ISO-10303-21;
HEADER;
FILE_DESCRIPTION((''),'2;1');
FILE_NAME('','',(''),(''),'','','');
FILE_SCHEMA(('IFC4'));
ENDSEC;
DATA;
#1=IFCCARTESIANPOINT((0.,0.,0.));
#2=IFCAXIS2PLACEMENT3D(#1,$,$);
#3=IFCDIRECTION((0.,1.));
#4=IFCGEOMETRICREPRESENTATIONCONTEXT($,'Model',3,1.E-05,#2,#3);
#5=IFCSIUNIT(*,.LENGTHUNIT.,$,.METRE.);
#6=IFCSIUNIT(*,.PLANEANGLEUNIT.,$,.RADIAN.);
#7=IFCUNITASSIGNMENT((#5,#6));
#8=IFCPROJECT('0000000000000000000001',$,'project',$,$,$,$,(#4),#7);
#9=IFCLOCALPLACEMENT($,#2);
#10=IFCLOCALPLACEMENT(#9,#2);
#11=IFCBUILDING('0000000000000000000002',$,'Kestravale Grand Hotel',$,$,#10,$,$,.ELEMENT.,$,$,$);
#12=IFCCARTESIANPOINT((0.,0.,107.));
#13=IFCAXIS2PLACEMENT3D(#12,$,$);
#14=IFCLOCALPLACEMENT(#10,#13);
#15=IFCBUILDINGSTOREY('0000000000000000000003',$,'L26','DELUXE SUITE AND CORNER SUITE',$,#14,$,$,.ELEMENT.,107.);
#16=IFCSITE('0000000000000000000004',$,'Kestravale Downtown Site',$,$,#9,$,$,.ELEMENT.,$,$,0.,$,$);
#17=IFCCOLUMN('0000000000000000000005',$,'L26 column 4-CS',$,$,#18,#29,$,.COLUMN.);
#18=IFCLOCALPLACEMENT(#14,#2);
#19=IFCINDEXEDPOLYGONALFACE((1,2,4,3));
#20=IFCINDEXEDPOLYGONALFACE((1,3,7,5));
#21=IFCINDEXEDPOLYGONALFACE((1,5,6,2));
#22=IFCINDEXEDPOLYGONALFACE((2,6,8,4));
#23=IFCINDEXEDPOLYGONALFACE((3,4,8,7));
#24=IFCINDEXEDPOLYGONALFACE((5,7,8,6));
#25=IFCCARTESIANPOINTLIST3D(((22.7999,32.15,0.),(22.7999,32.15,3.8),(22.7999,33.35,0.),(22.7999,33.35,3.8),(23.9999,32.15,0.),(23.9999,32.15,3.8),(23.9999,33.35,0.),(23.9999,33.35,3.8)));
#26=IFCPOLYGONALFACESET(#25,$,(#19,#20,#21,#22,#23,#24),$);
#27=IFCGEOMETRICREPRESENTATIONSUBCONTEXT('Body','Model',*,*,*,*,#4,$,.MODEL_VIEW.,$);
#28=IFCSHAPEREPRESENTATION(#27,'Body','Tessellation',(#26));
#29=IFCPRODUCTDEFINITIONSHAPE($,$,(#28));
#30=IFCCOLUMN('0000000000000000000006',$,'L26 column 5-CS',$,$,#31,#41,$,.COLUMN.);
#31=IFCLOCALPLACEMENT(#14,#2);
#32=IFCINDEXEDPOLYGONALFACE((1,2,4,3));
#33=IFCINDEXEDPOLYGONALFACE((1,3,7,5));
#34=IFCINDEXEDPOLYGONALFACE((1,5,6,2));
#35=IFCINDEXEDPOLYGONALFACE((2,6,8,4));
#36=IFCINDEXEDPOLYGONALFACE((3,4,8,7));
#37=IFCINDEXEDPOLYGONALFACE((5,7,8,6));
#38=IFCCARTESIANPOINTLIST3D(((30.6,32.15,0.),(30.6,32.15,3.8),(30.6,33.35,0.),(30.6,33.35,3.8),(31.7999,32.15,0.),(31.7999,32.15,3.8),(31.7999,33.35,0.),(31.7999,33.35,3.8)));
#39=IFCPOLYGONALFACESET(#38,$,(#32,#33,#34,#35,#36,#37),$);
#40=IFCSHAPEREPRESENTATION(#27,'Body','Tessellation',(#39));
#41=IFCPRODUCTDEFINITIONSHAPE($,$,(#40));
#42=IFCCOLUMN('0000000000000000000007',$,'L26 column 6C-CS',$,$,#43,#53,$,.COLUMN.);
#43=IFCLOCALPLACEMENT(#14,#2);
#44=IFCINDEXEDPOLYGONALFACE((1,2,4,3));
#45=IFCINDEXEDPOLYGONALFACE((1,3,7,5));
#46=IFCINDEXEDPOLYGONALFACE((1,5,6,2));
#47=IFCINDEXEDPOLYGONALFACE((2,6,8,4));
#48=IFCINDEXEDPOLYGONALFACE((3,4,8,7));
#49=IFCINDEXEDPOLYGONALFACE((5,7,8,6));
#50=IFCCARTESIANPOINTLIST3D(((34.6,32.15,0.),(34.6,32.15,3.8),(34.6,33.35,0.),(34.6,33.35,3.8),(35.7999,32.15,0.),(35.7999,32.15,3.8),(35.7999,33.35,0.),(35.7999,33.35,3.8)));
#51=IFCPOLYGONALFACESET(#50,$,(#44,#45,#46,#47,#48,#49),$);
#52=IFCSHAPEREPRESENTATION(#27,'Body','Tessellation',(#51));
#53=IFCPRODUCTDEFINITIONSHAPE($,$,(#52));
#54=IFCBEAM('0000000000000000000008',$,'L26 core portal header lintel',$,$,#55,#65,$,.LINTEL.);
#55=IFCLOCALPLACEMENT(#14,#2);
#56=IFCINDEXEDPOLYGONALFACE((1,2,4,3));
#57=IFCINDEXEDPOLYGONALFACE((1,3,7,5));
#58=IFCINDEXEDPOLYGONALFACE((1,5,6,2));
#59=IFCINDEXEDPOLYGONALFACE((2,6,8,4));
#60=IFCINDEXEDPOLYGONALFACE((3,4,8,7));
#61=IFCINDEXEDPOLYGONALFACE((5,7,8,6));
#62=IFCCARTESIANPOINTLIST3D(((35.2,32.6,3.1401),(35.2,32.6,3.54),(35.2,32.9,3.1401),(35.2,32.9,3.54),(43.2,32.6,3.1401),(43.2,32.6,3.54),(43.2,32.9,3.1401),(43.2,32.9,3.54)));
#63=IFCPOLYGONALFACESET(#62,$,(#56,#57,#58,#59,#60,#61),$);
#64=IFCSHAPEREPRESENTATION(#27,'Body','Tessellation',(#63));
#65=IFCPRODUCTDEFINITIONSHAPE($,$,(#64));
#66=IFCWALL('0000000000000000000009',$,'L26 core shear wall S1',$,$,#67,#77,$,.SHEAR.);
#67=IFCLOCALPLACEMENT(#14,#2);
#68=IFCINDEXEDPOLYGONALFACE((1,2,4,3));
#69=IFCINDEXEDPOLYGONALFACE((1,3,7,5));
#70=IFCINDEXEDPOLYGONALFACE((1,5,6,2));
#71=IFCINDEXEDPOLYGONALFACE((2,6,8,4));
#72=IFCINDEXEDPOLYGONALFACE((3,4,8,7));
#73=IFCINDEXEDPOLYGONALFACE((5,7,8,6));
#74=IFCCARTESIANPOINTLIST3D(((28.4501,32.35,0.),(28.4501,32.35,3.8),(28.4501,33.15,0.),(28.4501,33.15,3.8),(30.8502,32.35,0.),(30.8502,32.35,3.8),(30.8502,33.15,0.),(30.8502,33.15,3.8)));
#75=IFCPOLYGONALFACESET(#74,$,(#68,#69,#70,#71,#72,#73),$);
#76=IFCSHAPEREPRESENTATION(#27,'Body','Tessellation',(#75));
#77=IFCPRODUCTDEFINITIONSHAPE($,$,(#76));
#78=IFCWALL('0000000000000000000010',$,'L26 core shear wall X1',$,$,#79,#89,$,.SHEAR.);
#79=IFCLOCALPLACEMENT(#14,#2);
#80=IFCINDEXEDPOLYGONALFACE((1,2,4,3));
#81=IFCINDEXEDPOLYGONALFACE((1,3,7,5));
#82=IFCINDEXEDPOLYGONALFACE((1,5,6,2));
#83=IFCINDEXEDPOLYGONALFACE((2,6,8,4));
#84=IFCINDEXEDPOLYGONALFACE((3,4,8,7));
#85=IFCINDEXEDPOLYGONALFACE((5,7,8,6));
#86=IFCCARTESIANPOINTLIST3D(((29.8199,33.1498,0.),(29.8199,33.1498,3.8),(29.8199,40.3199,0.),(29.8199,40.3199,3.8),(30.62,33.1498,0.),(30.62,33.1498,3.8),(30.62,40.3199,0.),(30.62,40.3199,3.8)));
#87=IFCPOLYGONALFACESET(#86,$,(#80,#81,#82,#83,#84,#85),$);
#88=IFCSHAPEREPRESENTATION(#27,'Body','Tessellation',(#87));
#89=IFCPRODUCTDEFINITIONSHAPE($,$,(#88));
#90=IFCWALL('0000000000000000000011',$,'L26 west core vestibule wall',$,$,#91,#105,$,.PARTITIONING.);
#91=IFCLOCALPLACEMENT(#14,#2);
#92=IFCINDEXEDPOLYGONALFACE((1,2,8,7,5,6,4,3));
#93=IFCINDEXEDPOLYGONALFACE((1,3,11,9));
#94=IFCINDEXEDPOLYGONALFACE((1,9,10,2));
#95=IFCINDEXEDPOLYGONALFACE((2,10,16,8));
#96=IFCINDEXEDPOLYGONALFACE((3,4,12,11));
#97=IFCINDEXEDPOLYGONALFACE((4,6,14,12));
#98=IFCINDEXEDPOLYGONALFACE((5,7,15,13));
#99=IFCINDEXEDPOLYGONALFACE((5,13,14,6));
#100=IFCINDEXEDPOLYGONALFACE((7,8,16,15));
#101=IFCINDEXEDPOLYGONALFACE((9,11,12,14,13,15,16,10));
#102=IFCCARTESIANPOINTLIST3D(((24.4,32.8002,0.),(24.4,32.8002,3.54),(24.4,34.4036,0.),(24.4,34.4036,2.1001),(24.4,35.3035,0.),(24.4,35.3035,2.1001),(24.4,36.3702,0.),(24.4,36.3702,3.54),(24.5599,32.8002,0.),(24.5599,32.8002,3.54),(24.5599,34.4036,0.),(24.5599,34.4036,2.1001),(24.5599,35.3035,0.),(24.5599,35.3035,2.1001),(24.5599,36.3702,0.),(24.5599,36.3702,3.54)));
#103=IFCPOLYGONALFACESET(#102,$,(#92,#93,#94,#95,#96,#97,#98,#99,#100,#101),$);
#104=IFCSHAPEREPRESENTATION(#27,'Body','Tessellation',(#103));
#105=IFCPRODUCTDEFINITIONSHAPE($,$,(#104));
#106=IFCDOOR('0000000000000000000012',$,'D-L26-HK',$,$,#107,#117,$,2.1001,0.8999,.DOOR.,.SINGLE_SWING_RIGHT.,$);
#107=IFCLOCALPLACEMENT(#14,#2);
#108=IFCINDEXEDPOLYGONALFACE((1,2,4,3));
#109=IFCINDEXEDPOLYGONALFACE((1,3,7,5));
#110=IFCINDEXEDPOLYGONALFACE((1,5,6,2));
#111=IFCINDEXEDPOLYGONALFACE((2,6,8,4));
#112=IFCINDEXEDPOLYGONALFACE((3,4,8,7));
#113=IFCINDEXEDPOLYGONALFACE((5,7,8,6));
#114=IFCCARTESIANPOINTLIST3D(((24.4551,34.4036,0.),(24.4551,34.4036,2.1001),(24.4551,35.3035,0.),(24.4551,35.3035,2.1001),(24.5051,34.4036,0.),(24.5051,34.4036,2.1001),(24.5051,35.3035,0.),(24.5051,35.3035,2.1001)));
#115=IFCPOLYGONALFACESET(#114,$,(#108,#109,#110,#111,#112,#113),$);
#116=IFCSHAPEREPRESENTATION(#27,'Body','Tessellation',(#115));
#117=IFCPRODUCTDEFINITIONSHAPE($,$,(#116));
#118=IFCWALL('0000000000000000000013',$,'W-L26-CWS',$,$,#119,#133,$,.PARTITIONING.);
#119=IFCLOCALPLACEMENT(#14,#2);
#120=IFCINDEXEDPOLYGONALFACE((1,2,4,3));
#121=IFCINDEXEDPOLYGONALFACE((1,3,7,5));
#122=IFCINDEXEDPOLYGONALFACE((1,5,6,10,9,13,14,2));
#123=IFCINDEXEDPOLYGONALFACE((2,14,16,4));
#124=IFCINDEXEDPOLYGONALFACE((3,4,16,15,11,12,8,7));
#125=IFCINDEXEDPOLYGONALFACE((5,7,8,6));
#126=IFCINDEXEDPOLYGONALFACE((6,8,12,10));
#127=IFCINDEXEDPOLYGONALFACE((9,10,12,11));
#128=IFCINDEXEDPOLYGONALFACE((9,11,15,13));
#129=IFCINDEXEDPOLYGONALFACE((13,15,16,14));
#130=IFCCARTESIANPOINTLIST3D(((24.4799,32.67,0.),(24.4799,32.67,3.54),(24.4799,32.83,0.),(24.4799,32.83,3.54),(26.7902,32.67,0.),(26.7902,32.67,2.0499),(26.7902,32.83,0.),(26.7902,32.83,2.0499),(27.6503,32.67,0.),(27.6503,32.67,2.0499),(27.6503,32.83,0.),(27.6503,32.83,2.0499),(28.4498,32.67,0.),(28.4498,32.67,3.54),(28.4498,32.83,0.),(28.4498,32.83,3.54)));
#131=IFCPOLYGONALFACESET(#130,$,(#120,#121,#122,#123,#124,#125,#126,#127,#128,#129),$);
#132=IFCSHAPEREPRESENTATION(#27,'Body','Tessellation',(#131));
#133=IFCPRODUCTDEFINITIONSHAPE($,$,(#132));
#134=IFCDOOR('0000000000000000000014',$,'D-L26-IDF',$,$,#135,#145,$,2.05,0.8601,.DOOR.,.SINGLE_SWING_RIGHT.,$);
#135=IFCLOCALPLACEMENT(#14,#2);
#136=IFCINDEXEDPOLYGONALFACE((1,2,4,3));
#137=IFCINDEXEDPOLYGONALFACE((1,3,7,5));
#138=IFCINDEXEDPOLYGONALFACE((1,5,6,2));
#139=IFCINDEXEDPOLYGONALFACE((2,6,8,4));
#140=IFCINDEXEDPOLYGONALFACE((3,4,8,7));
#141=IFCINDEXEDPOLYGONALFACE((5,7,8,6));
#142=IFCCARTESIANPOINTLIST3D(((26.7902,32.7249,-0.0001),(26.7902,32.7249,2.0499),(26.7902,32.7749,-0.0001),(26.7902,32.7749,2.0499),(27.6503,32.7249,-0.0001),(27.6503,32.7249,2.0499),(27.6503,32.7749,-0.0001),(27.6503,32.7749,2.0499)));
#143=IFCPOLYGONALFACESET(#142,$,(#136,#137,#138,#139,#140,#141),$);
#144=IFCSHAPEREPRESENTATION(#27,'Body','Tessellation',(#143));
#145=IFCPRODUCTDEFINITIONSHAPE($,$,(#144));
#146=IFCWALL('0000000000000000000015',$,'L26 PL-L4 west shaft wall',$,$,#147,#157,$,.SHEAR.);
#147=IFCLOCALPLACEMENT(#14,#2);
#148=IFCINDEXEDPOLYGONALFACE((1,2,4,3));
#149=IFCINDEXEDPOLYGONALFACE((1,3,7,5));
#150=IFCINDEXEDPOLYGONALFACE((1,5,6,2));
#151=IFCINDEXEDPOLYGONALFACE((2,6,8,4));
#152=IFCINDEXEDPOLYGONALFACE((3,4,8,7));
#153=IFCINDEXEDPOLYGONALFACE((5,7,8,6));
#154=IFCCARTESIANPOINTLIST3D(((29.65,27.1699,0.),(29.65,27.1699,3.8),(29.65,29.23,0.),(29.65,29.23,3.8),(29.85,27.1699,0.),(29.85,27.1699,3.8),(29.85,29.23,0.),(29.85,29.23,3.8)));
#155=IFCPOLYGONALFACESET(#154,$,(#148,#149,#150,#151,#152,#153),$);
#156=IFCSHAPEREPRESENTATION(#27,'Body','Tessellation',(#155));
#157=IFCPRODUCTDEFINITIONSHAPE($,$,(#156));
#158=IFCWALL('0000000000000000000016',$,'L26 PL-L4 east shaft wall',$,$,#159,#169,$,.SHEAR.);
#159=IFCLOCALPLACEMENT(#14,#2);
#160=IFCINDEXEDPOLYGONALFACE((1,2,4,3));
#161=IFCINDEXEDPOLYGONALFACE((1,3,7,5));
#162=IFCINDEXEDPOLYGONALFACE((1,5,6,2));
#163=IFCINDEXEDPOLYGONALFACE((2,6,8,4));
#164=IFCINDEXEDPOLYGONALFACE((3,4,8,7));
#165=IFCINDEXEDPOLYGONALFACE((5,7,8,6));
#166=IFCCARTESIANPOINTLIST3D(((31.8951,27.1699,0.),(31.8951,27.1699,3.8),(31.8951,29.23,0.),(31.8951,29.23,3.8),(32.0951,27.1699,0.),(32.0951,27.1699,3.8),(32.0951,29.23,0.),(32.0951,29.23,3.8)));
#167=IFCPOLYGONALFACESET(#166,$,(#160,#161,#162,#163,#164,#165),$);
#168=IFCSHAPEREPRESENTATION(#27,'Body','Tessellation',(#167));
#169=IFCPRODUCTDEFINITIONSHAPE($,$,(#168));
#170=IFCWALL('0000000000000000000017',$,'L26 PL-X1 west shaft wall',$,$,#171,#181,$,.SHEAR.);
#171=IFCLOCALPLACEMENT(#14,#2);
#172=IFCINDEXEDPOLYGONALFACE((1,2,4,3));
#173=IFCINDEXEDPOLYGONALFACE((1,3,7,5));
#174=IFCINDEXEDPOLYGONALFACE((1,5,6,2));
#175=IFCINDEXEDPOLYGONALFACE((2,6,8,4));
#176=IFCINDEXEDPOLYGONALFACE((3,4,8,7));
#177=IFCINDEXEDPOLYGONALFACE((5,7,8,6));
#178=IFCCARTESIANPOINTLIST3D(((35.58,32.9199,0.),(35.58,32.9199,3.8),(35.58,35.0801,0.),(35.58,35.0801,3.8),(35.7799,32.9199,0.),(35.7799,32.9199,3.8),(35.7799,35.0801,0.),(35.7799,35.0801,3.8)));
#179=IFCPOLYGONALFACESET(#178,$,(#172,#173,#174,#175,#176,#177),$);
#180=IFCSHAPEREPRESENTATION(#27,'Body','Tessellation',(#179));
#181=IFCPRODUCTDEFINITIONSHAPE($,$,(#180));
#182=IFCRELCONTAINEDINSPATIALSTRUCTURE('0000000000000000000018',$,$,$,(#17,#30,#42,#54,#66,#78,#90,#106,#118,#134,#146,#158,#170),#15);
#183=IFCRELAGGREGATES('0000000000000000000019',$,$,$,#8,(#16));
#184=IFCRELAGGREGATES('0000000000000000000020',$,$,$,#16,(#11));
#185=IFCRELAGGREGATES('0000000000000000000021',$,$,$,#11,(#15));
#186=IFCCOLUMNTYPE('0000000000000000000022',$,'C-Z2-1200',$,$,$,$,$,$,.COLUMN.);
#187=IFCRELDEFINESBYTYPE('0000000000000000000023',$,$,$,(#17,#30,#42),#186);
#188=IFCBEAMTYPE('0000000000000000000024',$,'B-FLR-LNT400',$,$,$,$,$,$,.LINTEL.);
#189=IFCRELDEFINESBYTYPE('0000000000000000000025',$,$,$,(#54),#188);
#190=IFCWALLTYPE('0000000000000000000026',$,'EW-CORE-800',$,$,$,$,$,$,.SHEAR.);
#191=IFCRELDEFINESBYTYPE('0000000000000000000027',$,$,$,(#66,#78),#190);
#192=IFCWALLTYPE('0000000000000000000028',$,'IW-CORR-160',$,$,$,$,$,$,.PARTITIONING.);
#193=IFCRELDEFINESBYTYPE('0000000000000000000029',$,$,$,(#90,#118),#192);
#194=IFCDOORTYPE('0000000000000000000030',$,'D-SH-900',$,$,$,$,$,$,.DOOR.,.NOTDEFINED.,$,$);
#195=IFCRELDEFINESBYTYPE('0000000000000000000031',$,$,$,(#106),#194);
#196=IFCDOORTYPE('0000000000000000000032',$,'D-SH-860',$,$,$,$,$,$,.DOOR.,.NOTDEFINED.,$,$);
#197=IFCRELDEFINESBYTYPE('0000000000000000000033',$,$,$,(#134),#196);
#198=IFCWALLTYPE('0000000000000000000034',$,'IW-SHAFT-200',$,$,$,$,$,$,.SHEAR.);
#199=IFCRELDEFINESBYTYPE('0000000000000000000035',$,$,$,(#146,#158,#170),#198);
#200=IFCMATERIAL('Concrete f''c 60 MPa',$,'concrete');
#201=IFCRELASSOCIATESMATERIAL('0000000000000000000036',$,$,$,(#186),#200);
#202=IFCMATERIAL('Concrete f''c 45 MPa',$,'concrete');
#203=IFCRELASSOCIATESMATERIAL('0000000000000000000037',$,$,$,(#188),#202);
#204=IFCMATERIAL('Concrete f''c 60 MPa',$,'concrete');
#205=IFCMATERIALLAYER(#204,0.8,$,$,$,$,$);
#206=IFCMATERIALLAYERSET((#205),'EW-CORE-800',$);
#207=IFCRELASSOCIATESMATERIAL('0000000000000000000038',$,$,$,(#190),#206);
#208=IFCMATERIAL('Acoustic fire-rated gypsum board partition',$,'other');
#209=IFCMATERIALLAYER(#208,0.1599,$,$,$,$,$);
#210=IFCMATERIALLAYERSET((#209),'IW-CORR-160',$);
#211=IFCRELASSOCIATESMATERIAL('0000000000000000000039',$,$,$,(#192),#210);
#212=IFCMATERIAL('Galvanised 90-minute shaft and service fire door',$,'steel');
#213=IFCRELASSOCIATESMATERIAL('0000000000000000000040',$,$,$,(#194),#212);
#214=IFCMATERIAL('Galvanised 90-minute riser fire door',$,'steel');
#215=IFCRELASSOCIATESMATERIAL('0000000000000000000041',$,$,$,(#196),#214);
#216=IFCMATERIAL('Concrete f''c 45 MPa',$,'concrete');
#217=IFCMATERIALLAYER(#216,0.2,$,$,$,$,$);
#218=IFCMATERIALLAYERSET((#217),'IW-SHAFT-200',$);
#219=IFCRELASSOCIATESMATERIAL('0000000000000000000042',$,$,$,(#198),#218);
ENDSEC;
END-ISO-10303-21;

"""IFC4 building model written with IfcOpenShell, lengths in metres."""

from ifc_helpers import new_model, si_unit, direction, frame, frame_2d, origin, origin_2d, place, context, subcontext, project, spatial, rectangle, extrude, material, layer, layer_set, material_profile, profile_set, type_object, element, fill, save


model = new_model("IFC4")

# Units and contexts
model_context = context("Model", 3, precision=1e-05, world=origin(), true_north=direction((0.0, 1.0)))
body_context = subcontext(model_context, "Body", "Model", "MODEL_VIEW")
ifc_project = project(units=[si_unit("LENGTHUNIT", "METRE"), si_unit("PLANEANGLEUNIT", "RADIAN")], contexts=[model_context])

# Site, building, storey
site_placement = place(None, origin())
site = spatial("IfcSite", under=ifc_project, at=site_placement, Name="Kestravale Downtown Site", CompositionType="ELEMENT", RefElevation=0.0)
building_placement = place(site_placement, origin())
building = spatial("IfcBuilding", under=site, at=building_placement, Name="Kestravale Grand Hotel", CompositionType="ELEMENT")
storey_placement = place(building_placement, frame((0.0, 0.0, 107.0)))
storey = spatial("IfcBuildingStorey", under=building, at=storey_placement, Name="L26", Description="DELUXE SUITE AND CORNER SUITE", CompositionType="ELEMENT", Elevation=107.0)

# Columns
ifc_material_1 = material(Name="Concrete f'c 60 MPa", Category="concrete")
ifc_material_profile_1 = material_profile(ifc_material_1, rectangle(XDim=1.2, YDim=1.2, at=origin_2d()))
ifc_profile_set_1 = profile_set([ifc_material_profile_1], Name="Concrete f'c 60 MPa")
column_type = type_object("IfcColumnType", Name="C-Z2-1200", PredefinedType="COLUMN", material=ifc_profile_set_1)
for number, where, z_axis, x_axis, name in (
    (1, (23.3999, 32.75, 0.0), (0.0, 0.0, 1.0), (1.0, 0.0, 0.0), "L26 column 4-CS"),
    (2, (31.2, 32.75, 0.0), (0.0, 0.0, 1.0), (1.0, 0.0, 0.0), "L26 column 5-CS"),
    (3, (35.2, 32.75, 0.0), (0.0, 0.0, 1.0), (1.0, 0.0, 0.0), "L26 column 6C-CS"),
):
    element("IfcColumn", number, at=place(storey_placement, frame(where, z_axis=z_axis, x_axis=x_axis)), inside=storey, type_object=column_type, Name=name, PredefinedType="COLUMN", context=body_context, shape_type="SweptSolid", body=[
        extrude(rectangle(XDim=1.2, YDim=1.2, at=origin_2d()), origin(), (0.0, 0.0, 1.0), 3.8),
    ])

# Beam
ifc_material_2 = material(Name="Concrete f'c 45 MPa", Category="concrete")
ifc_material_profile_2 = material_profile(ifc_material_2, rectangle(XDim=0.3, YDim=0.3999, at=origin_2d()))
ifc_profile_set_2 = profile_set([ifc_material_profile_2], Name="Concrete f'c 45 MPa")
beam_type = type_object("IfcBeamType", Name="B-FLR-LNT400", PredefinedType="LINTEL", material=ifc_profile_set_2)
beam_placement = place(storey_placement, frame((35.2, 32.75, 3.3401), z_axis=(1.0, 0.0, 0.0), x_axis=(0.0, 1.0, 0.0)))
element("IfcBeam", 4, at=beam_placement, inside=storey, type_object=beam_type, Name="L26 core portal header lintel", PredefinedType="LINTEL", context=body_context, shape_type="SweptSolid", body=[
    extrude(rectangle(XDim=0.3, YDim=0.3999, at=origin_2d()), origin(), (0.0, 0.0, 1.0), 8.0),
])

# Walls
ifc_material_3 = material(Name="Concrete f'c 60 MPa", Category="concrete")
ifc_layer_1 = layer(ifc_material_3, 0.8)
ifc_layer_set_1 = layer_set([ifc_layer_1], Name="EW-CORE-800")
wall_type_1 = type_object("IfcWallType", Name="EW-CORE-800", PredefinedType="SHEAR", material=ifc_layer_set_1)
wall_1_placement = place(storey_placement, frame((28.45, 32.75, 0.0), z_axis=(0.0, 0.0, 1.0), x_axis=(1.0, 0.0, 0.0)))
element("IfcWall", 5, at=wall_1_placement, inside=storey, type_object=wall_type_1, Name="L26 core shear wall S1", PredefinedType="SHEAR", context=body_context, shape_type="SweptSolid", body=[
    extrude(rectangle(XDim=2.4001, YDim=0.8, at=frame_2d((1.2002, 0.0))), origin(), (0.0, 0.0, 1.0), 3.8),
])
wall_2_placement = place(storey_placement, frame((30.22, 33.1499, 0.0), z_axis=(0.0, 0.0, 1.0), x_axis=(0.0, 1.0, 0.0)))
element("IfcWall", 6, at=wall_2_placement, inside=storey, type_object=wall_type_1, Name="L26 core shear wall X1", PredefinedType="SHEAR", context=body_context, shape_type="SweptSolid", body=[
    extrude(rectangle(XDim=7.1702, YDim=0.8, at=frame_2d((3.585, 0.0))), origin(), (0.0, 0.0, 1.0), 3.8),
])

# Walls, openings, doors
ifc_material_4 = material(Name="Acoustic fire-rated gypsum board partition", Category="other")
ifc_layer_2 = layer(ifc_material_4, 0.1599)
ifc_layer_set_2 = layer_set([ifc_layer_2], Name="IW-CORR-160")
wall_type_2 = type_object("IfcWallType", Name="IW-CORR-160", PredefinedType="PARTITIONING", material=ifc_layer_set_2)
wall_3_placement = place(storey_placement, frame((24.48, 32.8, 0.0), z_axis=(0.0, 0.0, 1.0), x_axis=(0.0, 1.0, 0.0)))
wall_3 = element("IfcWall", 7, at=wall_3_placement, inside=storey, type_object=wall_type_2, Name="L26 west core vestibule wall", PredefinedType="PARTITIONING", context=body_context, shape_type="SweptSolid", body=[
    extrude(rectangle(XDim=3.5701, YDim=0.1599, at=frame_2d((1.7852, 0.0))), origin(), (0.0, 0.0, 1.0), 3.54),
])
opening_1_placement = place(wall_3_placement, frame((1.6035, 0.0, 0.0)))
opening_1 = element("IfcOpeningElement", 8, at=opening_1_placement, cuts=wall_3, PredefinedType="OPENING", context=body_context, shape_type="SweptSolid", body=[
    extrude(rectangle(XDim=0.8999, YDim=2.1001, at=frame_2d((0.45, 1.05))), frame((0.0, 0.0898, 0.0), z_axis=(0.0, -1.0, 0.0), x_axis=(1.0, 0.0, 0.0)), (0.0, 0.0, 1.0), 0.1799),
])
ifc_material_5 = material(Name="Galvanised 90-minute shaft and service fire door", Category="steel")
door_type_1 = type_object("IfcDoorType", Name="D-SH-900", OperationType="NOTDEFINED", PredefinedType="DOOR", material=ifc_material_5)
door_1_placement = place(opening_1_placement, origin())
door_1 = element("IfcDoor", 9, at=door_1_placement, inside=storey, type_object=door_type_1, Name="D-L26-HK", OperationType="SINGLE_SWING_RIGHT", OverallHeight=2.1001, OverallWidth=0.8999, PredefinedType="DOOR", context=body_context, shape_type="SweptSolid", body=[
    extrude(rectangle(XDim=0.8999, YDim=2.1001, at=frame_2d((0.45, 1.05))), frame((0.0, 0.0249, 0.0), z_axis=(0.0, -1.0, 0.0), x_axis=(1.0, 0.0, 0.0)), (0.0, 0.0, 1.0), 0.05),
])
fill(opening_1, door_1)
wall_4_placement = place(storey_placement, frame((24.48, 32.75, 0.0), z_axis=(0.0, 0.0, 1.0), x_axis=(1.0, 0.0, 0.0)))
wall_4 = element("IfcWall", 10, at=wall_4_placement, inside=storey, type_object=wall_type_2, Name="W-L26-CWS", PredefinedType="PARTITIONING", context=body_context, shape_type="SweptSolid", body=[
    extrude(rectangle(XDim=3.97, YDim=0.1599, at=frame_2d((1.9849, 0.0))), origin(), (0.0, 0.0, 1.0), 3.54),
])
opening_2_placement = place(wall_4_placement, frame((2.3101, 0.0, 0.0)))
opening_2 = element("IfcOpeningElement", 11, at=opening_2_placement, cuts=wall_4, PredefinedType="OPENING", context=body_context, shape_type="SweptSolid", body=[
    extrude(rectangle(XDim=0.8601, YDim=2.05, at=frame_2d((0.4302, 1.0249))), frame((0.0, 0.0898, 0.0), z_axis=(0.0, -1.0, 0.0), x_axis=(1.0, 0.0, 0.0)), (0.0, 0.0, 1.0), 0.1799),
])
ifc_material_6 = material(Name="Galvanised 90-minute riser fire door", Category="steel")
door_type_2 = type_object("IfcDoorType", Name="D-SH-860", OperationType="NOTDEFINED", PredefinedType="DOOR", material=ifc_material_6)
door_2_placement = place(opening_2_placement, origin())
door_2 = element("IfcDoor", 12, at=door_2_placement, inside=storey, type_object=door_type_2, Name="D-L26-IDF", OperationType="SINGLE_SWING_RIGHT", OverallHeight=2.05, OverallWidth=0.8601, PredefinedType="DOOR", context=body_context, shape_type="SweptSolid", body=[
    extrude(rectangle(XDim=0.8601, YDim=2.05, at=frame_2d((0.4302, 1.0249))), frame((0.0, 0.0249, 0.0), z_axis=(0.0, -1.0, 0.0), x_axis=(1.0, 0.0, 0.0)), (0.0, 0.0, 1.0), 0.05),
])
fill(opening_2, door_2)

# Walls
ifc_material_7 = material(Name="Concrete f'c 45 MPa", Category="concrete")
ifc_layer_3 = layer(ifc_material_7, 0.2)
ifc_layer_set_3 = layer_set([ifc_layer_3], Name="IW-SHAFT-200")
wall_type_3 = type_object("IfcWallType", Name="IW-SHAFT-200", PredefinedType="SHEAR", material=ifc_layer_set_3)
for number, where, z_axis, x_axis, name in (
    (13, (29.75, 27.1699, 0.0), (0.0, 0.0, 1.0), (0.0, 1.0, 0.0), "L26 PL-L4 west shaft wall"),
    (14, (31.9951, 27.1699, 0.0), (0.0, 0.0, 1.0), (0.0, 1.0, 0.0), "L26 PL-L4 east shaft wall"),
):
    element("IfcWall", number, at=place(storey_placement, frame(where, z_axis=z_axis, x_axis=x_axis)), inside=storey, type_object=wall_type_3, Name=name, PredefinedType="SHEAR", context=body_context, shape_type="SweptSolid", body=[
        extrude(rectangle(XDim=2.0601, YDim=0.2, at=frame_2d((1.03, 0.0))), origin(), (0.0, 0.0, 1.0), 3.8),
    ])
wall_5_placement = place(storey_placement, frame((35.6799, 32.9199, 0.0), z_axis=(0.0, 0.0, 1.0), x_axis=(0.0, 1.0, 0.0)))
element("IfcWall", 15, at=wall_5_placement, inside=storey, type_object=wall_type_3, Name="L26 PL-X1 west shaft wall", PredefinedType="SHEAR", context=body_context, shape_type="SweptSolid", body=[
    extrude(rectangle(XDim=2.1602, YDim=0.2, at=frame_2d((1.0801, 0.0))), origin(), (0.0, 0.0, 1.0), 3.8),
])

save(model, "model.ifc")
